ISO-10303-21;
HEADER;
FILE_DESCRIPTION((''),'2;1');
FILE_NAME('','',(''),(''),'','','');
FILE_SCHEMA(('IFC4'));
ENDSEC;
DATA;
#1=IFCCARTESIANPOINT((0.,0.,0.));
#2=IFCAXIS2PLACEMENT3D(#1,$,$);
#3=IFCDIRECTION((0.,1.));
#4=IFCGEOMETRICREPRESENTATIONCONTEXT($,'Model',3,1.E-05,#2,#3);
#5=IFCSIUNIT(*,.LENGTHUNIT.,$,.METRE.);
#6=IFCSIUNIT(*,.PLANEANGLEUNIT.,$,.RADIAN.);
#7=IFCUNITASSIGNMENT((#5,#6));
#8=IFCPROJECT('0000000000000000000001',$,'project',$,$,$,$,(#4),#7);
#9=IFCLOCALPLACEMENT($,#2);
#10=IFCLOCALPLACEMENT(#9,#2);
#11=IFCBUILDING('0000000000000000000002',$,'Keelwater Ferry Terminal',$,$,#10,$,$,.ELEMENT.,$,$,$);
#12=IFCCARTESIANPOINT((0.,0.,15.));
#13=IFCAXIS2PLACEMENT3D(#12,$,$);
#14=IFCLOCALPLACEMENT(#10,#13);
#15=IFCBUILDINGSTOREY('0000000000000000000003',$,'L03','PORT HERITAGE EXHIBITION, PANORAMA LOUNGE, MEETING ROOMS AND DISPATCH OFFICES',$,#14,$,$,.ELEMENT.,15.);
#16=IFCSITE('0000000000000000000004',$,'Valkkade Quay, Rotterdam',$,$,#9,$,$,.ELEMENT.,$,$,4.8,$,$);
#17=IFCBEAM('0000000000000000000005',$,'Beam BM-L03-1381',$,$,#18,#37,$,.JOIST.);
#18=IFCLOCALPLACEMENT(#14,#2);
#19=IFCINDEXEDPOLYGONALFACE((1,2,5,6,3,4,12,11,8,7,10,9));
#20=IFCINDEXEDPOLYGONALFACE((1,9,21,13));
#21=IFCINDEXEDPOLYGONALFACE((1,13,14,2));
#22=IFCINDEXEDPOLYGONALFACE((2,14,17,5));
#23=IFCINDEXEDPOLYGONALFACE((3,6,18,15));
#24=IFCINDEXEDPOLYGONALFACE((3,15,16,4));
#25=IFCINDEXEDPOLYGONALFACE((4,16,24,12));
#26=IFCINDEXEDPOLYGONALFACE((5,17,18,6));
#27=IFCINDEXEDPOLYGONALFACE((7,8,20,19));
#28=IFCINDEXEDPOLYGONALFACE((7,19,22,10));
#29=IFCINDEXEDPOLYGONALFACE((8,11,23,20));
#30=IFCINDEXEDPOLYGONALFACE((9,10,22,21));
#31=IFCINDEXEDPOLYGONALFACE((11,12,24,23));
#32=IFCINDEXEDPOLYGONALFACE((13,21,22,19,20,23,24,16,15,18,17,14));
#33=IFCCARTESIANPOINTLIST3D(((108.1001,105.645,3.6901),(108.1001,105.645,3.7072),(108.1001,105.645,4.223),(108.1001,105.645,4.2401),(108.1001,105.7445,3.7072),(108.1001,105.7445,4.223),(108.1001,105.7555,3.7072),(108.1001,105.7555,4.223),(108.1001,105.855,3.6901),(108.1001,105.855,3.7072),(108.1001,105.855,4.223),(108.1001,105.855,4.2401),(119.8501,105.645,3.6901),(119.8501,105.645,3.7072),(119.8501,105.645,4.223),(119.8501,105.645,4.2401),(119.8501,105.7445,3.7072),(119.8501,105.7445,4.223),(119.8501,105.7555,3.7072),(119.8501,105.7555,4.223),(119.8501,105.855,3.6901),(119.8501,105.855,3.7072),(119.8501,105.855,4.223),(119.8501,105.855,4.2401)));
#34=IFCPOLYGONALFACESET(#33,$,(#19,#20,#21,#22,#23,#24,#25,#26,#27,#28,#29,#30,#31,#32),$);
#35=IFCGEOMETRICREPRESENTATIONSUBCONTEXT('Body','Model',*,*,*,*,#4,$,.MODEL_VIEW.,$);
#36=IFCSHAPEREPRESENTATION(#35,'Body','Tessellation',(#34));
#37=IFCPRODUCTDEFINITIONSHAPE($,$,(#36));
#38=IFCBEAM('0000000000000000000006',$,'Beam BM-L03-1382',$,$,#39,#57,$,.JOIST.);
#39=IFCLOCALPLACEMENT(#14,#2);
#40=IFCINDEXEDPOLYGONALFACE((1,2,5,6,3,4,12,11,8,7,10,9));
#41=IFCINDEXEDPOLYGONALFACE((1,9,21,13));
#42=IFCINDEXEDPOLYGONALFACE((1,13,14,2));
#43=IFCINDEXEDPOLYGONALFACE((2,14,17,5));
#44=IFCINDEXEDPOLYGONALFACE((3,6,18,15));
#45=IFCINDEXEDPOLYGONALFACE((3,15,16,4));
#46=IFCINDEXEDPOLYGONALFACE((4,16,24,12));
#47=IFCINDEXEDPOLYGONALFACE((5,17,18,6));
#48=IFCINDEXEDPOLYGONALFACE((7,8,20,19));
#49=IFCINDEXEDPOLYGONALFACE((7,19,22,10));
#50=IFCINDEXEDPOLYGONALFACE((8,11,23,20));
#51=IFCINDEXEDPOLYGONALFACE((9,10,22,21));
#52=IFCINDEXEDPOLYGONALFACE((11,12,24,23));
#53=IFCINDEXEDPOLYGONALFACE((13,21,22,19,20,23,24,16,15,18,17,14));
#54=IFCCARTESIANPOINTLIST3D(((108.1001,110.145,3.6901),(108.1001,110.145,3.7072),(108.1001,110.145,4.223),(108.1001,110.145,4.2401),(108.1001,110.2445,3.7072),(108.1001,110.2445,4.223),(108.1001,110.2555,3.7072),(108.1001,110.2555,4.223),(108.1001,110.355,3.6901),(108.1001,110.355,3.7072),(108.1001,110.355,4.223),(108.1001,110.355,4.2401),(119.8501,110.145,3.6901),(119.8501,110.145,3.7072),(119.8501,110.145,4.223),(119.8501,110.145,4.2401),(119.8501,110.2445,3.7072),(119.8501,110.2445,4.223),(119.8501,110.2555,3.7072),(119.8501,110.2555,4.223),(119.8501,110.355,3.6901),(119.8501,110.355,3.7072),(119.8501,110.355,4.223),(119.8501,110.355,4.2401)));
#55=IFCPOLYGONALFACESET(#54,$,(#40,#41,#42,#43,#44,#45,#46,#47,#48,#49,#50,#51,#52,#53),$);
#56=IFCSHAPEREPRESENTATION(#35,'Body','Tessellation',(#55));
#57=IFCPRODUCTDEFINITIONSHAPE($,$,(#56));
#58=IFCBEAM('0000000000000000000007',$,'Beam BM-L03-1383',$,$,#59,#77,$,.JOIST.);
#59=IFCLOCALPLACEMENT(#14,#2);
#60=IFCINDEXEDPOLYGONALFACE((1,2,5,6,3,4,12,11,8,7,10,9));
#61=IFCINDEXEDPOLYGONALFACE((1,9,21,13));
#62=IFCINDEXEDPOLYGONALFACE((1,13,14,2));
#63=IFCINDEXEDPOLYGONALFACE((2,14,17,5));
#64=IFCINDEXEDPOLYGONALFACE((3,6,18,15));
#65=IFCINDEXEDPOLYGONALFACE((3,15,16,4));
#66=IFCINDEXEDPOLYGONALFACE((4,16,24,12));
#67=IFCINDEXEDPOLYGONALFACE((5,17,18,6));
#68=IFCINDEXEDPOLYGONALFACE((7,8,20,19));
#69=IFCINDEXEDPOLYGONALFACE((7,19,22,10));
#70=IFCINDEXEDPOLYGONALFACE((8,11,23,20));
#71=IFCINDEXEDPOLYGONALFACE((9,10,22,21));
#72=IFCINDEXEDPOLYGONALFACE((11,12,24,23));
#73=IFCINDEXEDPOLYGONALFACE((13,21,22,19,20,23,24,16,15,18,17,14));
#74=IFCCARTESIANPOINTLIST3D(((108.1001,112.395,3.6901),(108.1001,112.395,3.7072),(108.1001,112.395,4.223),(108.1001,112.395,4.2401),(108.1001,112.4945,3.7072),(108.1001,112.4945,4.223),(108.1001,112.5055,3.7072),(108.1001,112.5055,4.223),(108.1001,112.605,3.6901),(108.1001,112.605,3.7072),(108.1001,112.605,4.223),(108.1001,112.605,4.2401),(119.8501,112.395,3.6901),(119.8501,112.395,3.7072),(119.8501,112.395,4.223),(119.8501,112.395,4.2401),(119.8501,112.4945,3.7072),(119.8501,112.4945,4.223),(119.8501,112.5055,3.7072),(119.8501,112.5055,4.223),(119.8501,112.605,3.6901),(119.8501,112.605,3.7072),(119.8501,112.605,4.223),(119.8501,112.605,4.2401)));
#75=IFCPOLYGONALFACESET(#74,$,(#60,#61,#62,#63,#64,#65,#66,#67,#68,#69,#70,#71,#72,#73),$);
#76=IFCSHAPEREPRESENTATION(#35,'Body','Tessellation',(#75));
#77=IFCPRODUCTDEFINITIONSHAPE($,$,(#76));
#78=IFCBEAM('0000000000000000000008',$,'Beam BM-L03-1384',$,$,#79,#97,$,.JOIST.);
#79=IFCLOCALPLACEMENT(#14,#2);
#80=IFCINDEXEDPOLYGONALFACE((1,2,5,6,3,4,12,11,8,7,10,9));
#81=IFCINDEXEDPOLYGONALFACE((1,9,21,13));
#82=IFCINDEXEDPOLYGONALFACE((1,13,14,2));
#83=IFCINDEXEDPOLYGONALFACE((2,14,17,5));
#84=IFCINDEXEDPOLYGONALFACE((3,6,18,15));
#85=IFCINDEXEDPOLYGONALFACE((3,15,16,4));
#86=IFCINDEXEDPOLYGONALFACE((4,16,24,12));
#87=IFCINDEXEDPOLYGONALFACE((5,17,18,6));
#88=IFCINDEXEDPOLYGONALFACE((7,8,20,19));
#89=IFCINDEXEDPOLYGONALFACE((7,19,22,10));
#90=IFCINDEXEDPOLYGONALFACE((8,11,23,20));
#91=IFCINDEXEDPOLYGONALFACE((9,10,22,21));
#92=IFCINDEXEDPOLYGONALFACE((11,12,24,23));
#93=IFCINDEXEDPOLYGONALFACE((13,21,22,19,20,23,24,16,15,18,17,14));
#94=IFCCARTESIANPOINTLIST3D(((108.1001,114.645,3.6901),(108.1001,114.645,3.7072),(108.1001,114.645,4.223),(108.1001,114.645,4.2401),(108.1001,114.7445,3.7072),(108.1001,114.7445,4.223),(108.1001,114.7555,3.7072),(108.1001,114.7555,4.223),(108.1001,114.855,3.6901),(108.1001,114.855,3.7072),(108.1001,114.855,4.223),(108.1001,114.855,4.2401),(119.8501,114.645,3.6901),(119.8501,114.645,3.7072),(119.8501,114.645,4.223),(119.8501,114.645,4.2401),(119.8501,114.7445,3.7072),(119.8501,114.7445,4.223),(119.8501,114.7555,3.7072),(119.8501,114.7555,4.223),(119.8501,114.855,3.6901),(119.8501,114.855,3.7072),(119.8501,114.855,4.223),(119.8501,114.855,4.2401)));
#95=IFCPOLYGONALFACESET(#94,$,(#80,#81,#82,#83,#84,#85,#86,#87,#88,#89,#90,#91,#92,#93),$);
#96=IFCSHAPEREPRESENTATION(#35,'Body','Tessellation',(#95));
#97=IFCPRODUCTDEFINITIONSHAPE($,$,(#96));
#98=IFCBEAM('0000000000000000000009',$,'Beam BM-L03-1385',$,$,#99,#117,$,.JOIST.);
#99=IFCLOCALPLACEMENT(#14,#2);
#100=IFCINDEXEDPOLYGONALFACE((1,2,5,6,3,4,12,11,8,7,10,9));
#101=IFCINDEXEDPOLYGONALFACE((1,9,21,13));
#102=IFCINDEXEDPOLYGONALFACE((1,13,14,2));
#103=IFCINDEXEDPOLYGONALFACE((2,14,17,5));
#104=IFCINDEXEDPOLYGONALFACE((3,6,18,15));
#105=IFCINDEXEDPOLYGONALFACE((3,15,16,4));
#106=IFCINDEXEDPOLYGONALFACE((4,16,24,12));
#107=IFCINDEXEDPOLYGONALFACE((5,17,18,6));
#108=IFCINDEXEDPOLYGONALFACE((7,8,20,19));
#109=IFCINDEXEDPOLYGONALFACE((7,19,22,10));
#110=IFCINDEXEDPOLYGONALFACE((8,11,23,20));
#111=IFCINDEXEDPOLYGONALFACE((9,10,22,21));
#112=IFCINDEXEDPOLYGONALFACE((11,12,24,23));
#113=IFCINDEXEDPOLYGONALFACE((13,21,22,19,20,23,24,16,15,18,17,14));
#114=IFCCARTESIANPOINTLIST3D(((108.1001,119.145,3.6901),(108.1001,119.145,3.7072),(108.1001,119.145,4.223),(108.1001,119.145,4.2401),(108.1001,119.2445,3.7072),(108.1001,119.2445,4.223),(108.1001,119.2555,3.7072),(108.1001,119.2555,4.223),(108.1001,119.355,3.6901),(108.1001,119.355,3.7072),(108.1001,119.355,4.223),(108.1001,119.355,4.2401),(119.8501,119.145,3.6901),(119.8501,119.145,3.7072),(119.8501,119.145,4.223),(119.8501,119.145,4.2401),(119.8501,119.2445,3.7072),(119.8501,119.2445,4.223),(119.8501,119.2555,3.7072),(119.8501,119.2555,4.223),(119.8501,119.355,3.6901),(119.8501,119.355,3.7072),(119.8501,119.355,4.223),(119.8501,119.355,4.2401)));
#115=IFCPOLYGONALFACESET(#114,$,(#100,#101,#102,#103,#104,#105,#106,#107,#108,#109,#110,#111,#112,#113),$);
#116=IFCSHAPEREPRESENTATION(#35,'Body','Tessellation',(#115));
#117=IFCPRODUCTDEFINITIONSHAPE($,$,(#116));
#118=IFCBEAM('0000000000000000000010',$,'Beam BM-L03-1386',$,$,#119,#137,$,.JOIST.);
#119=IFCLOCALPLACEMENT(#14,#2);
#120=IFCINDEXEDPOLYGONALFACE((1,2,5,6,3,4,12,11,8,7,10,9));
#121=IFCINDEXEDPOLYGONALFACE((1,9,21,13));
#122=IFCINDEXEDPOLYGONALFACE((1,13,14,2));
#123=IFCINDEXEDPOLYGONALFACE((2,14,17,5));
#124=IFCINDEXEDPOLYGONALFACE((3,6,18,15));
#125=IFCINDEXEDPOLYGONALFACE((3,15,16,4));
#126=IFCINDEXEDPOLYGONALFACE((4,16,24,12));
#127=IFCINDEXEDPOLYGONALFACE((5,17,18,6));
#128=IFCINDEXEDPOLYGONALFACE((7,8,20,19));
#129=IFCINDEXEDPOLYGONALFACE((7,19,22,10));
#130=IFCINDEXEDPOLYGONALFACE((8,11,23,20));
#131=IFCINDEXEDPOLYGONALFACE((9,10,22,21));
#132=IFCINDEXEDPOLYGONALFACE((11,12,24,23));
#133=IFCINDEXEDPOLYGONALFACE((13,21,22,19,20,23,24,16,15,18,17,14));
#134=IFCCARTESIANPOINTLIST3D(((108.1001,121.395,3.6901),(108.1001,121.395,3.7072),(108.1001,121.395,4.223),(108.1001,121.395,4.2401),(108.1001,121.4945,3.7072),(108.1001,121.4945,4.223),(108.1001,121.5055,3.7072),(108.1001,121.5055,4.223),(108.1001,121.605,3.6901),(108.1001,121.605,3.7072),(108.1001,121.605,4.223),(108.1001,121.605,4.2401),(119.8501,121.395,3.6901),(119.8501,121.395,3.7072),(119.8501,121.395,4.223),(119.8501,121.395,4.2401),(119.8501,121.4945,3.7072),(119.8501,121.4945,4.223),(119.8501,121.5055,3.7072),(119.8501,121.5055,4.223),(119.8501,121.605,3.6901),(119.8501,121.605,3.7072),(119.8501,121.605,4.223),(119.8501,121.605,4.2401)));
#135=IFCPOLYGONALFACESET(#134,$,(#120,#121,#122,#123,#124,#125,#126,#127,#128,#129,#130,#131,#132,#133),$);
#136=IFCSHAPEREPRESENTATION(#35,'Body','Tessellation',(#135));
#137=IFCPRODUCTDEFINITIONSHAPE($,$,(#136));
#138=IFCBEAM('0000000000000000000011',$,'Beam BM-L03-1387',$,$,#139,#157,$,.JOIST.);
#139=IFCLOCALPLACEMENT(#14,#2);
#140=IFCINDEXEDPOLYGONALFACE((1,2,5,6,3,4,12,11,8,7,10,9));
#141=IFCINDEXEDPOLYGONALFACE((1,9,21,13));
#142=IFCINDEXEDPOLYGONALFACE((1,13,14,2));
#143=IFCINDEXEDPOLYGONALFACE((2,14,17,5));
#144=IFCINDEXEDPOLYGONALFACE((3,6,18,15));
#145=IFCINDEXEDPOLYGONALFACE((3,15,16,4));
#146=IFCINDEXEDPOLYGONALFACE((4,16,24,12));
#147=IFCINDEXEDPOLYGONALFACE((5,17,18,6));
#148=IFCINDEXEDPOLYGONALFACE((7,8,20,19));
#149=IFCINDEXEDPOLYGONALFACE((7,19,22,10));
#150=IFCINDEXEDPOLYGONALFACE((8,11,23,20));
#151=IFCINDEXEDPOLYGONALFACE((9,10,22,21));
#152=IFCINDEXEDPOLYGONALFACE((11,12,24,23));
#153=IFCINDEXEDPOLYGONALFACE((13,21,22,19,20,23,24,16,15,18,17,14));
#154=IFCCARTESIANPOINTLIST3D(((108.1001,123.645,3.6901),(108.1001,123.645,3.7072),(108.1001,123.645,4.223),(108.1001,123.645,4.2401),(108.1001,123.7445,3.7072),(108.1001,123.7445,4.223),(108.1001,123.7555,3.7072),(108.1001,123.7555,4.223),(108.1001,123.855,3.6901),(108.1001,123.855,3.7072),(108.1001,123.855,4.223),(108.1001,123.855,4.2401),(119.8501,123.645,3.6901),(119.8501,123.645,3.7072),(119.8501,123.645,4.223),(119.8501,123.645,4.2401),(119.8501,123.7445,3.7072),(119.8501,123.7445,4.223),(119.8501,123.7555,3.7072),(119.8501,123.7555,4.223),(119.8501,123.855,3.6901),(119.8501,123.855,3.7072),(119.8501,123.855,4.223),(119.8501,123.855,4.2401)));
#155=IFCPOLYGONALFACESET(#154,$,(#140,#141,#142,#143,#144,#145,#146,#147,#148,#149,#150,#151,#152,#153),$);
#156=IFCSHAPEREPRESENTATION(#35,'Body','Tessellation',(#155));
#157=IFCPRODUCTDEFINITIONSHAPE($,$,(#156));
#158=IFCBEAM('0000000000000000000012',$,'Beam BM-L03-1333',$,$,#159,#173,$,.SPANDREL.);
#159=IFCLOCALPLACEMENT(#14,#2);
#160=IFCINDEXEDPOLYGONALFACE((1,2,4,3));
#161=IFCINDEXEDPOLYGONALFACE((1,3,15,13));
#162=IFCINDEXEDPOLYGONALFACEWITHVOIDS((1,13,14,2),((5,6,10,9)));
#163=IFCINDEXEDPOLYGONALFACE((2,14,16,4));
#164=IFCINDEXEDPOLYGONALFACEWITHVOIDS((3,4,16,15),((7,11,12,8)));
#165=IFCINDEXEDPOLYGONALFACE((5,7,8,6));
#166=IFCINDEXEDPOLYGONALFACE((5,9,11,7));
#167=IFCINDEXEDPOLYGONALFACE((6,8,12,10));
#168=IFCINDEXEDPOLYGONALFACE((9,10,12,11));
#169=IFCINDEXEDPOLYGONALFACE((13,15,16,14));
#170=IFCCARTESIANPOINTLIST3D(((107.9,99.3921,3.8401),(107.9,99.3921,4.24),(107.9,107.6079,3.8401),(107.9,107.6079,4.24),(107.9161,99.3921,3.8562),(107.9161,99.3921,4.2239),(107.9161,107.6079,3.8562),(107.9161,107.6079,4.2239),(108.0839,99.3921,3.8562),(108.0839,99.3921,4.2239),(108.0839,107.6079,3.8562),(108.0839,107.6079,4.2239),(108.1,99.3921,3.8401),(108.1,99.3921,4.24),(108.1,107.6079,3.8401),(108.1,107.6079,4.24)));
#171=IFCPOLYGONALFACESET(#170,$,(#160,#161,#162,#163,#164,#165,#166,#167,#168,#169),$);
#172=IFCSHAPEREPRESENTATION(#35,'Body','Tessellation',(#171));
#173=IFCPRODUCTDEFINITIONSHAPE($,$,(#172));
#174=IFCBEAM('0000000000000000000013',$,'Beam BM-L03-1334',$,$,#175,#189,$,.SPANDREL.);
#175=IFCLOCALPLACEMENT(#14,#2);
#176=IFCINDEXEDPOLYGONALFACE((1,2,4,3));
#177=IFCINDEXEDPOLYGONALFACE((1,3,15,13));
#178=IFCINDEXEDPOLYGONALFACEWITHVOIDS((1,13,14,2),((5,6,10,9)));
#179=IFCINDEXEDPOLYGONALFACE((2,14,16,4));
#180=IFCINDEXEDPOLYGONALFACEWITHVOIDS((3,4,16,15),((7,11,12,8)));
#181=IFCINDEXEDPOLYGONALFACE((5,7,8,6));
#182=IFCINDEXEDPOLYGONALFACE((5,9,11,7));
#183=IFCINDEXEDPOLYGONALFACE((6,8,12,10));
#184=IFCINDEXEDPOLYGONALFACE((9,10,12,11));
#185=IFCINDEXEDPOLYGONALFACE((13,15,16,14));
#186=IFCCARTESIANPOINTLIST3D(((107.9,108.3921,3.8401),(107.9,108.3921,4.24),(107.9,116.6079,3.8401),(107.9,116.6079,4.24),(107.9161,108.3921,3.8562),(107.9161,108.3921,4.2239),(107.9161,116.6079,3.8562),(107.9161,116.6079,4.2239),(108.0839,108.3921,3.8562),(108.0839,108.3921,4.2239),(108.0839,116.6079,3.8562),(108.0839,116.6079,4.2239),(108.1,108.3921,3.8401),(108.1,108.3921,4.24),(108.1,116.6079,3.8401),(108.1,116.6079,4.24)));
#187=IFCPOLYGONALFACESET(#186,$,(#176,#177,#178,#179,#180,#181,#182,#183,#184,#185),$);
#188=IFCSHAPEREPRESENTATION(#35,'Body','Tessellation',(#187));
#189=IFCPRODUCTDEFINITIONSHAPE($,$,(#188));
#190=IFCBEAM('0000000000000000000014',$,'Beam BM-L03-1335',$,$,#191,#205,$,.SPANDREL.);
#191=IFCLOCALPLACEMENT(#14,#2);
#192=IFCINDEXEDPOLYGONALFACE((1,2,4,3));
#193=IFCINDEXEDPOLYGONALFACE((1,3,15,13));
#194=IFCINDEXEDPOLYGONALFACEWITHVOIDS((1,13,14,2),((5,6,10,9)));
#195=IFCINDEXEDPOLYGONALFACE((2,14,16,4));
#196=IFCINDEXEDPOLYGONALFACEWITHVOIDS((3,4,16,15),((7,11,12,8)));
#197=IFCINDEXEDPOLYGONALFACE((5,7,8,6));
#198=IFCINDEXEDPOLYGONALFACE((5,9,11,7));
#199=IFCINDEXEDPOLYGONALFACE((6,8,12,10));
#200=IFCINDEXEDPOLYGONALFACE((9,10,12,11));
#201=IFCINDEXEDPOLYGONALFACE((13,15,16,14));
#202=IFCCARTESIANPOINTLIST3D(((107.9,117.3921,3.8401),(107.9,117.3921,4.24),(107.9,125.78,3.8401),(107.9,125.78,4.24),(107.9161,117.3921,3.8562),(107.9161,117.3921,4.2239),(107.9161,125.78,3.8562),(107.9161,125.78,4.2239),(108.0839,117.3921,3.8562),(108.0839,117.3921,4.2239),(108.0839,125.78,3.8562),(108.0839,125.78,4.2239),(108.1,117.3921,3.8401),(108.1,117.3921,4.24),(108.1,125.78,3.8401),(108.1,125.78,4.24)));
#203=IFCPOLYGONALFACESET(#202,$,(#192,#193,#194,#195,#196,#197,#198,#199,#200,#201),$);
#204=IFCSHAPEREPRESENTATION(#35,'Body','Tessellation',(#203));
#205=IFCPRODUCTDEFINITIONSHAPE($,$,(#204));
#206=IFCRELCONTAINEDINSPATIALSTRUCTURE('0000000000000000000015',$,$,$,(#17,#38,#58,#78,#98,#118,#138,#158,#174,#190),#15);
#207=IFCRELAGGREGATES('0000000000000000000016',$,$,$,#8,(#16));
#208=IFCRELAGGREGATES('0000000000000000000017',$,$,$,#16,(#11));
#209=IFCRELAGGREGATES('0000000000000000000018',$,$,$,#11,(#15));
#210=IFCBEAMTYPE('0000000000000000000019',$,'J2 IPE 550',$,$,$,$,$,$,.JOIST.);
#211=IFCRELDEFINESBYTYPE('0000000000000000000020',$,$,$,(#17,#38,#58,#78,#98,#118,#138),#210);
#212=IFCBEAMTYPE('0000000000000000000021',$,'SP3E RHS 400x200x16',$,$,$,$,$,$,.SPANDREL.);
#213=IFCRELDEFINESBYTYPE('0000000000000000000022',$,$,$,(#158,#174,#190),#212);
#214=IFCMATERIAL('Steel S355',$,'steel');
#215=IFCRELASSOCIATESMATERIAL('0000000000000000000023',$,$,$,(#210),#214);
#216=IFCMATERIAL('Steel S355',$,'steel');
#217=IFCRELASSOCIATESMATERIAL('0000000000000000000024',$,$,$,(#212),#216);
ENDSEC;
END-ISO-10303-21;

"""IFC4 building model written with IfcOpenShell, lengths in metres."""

from ifc_helpers import new_model, si_unit, direction, frame, origin, origin_2d, place, context, subcontext, project, spatial, hollow_rectangle, i_section, extrude, material, material_profile, profile_set, type_object, element, save


model = new_model("IFC4")

# Units and contexts
model_context = context("Model", 3, precision=1e-05, world=origin(), true_north=direction((0.0, 1.0)))
body_context = subcontext(model_context, "Body", "Model", "MODEL_VIEW")
ifc_project = project(units=[si_unit("LENGTHUNIT", "METRE"), si_unit("PLANEANGLEUNIT", "RADIAN")], contexts=[model_context])

# Site, building, storey
site_placement = place(None, origin())
site = spatial("IfcSite", under=ifc_project, at=site_placement, Name="Valkkade Quay, Rotterdam", CompositionType="ELEMENT", RefElevation=4.8)
building_placement = place(site_placement, origin())
building = spatial("IfcBuilding", under=site, at=building_placement, Name="Keelwater Ferry Terminal", CompositionType="ELEMENT")
storey_placement = place(building_placement, frame((0.0, 0.0, 15.0)))
storey = spatial("IfcBuildingStorey", under=building, at=storey_placement, Name="L03", Description="PORT HERITAGE EXHIBITION, PANORAMA LOUNGE, MEETING ROOMS AND DISPATCH OFFICES", CompositionType="ELEMENT", Elevation=15.0)

# Beams
ifc_material_1 = material(Name="Steel S355", Category="steel")
ifc_material_profile_1 = material_profile(ifc_material_1, i_section(OverallWidth=0.21, OverallDepth=0.55, WebThickness=0.011, FlangeThickness=0.0171, at=origin_2d()), Name="IPE 550")
ifc_profile_set_1 = profile_set([ifc_material_profile_1], Name="Steel S355")
beam_type_1 = type_object("IfcBeamType", Name="J2 IPE 550", PredefinedType="JOIST", material=ifc_profile_set_1)
for number, where, z_axis, x_axis, name in (
    (1, (108.1001, 105.75, 3.9651), (1.0, 0.0, 0.0), (0.0, 1.0, 0.0), "Beam BM-L03-1381"),
    (2, (108.1001, 110.25, 3.9651), (1.0, 0.0, 0.0), (0.0, 1.0, 0.0), "Beam BM-L03-1382"),
    (3, (108.1001, 112.5, 3.9651), (1.0, 0.0, 0.0), (0.0, 1.0, 0.0), "Beam BM-L03-1383"),
    (4, (108.1001, 114.75, 3.9651), (1.0, 0.0, 0.0), (0.0, 1.0, 0.0), "Beam BM-L03-1384"),
    (5, (108.1001, 119.25, 3.9651), (1.0, 0.0, 0.0), (0.0, 1.0, 0.0), "Beam BM-L03-1385"),
    (6, (108.1001, 121.5, 3.9651), (1.0, 0.0, 0.0), (0.0, 1.0, 0.0), "Beam BM-L03-1386"),
    (7, (108.1001, 123.75, 3.9651), (1.0, 0.0, 0.0), (0.0, 1.0, 0.0), "Beam BM-L03-1387"),
):
    element("IfcBeam", number, at=place(storey_placement, frame(where, z_axis=z_axis, x_axis=x_axis)), inside=storey, type_object=beam_type_1, Name=name, PredefinedType="JOIST", context=body_context, shape_type="SweptSolid", body=[
        extrude(i_section(OverallWidth=0.21, OverallDepth=0.55, WebThickness=0.011, FlangeThickness=0.0171, at=origin_2d()), origin(), (0.0, 0.0, 1.0), 11.75),
    ])
ifc_material_2 = material(Name="Steel S355", Category="steel")
ifc_material_profile_2 = material_profile(ifc_material_2, hollow_rectangle(XDim=0.2, YDim=0.3999, WallThickness=0.0161, at=origin_2d()), Name="RHS 400x200x16")
ifc_profile_set_2 = profile_set([ifc_material_profile_2], Name="Steel S355")
beam_type_2 = type_object("IfcBeamType", Name="SP3E RHS 400x200x16", PredefinedType="SPANDREL", material=ifc_profile_set_2)
for number, where, z_axis, x_axis, name in (
    (8, (108.0, 99.3921, 4.04), (0.0, 1.0, 0.0), (-1.0, 0.0, 0.0), "Beam BM-L03-1333"),
    (9, (108.0, 108.3921, 4.04), (0.0, 1.0, 0.0), (-1.0, 0.0, 0.0), "Beam BM-L03-1334"),
):
    element("IfcBeam", number, at=place(storey_placement, frame(where, z_axis=z_axis, x_axis=x_axis)), inside=storey, type_object=beam_type_2, Name=name, PredefinedType="SPANDREL", context=body_context, shape_type="SweptSolid", body=[
        extrude(hollow_rectangle(XDim=0.2, YDim=0.3999, WallThickness=0.0161, at=origin_2d()), origin(), (0.0, 0.0, 1.0), 8.2158),
    ])
beam_1_placement = place(storey_placement, frame((108.0, 117.3921, 4.04), z_axis=(0.0, 1.0, 0.0), x_axis=(-1.0, 0.0, 0.0)))
element("IfcBeam", 10, at=beam_1_placement, inside=storey, type_object=beam_type_2, Name="Beam BM-L03-1335", PredefinedType="SPANDREL", context=body_context, shape_type="SweptSolid", body=[
    extrude(hollow_rectangle(XDim=0.2, YDim=0.3999, WallThickness=0.0161, at=origin_2d()), origin(), (0.0, 0.0, 1.0), 8.3879),
])

save(model, "model.ifc")
